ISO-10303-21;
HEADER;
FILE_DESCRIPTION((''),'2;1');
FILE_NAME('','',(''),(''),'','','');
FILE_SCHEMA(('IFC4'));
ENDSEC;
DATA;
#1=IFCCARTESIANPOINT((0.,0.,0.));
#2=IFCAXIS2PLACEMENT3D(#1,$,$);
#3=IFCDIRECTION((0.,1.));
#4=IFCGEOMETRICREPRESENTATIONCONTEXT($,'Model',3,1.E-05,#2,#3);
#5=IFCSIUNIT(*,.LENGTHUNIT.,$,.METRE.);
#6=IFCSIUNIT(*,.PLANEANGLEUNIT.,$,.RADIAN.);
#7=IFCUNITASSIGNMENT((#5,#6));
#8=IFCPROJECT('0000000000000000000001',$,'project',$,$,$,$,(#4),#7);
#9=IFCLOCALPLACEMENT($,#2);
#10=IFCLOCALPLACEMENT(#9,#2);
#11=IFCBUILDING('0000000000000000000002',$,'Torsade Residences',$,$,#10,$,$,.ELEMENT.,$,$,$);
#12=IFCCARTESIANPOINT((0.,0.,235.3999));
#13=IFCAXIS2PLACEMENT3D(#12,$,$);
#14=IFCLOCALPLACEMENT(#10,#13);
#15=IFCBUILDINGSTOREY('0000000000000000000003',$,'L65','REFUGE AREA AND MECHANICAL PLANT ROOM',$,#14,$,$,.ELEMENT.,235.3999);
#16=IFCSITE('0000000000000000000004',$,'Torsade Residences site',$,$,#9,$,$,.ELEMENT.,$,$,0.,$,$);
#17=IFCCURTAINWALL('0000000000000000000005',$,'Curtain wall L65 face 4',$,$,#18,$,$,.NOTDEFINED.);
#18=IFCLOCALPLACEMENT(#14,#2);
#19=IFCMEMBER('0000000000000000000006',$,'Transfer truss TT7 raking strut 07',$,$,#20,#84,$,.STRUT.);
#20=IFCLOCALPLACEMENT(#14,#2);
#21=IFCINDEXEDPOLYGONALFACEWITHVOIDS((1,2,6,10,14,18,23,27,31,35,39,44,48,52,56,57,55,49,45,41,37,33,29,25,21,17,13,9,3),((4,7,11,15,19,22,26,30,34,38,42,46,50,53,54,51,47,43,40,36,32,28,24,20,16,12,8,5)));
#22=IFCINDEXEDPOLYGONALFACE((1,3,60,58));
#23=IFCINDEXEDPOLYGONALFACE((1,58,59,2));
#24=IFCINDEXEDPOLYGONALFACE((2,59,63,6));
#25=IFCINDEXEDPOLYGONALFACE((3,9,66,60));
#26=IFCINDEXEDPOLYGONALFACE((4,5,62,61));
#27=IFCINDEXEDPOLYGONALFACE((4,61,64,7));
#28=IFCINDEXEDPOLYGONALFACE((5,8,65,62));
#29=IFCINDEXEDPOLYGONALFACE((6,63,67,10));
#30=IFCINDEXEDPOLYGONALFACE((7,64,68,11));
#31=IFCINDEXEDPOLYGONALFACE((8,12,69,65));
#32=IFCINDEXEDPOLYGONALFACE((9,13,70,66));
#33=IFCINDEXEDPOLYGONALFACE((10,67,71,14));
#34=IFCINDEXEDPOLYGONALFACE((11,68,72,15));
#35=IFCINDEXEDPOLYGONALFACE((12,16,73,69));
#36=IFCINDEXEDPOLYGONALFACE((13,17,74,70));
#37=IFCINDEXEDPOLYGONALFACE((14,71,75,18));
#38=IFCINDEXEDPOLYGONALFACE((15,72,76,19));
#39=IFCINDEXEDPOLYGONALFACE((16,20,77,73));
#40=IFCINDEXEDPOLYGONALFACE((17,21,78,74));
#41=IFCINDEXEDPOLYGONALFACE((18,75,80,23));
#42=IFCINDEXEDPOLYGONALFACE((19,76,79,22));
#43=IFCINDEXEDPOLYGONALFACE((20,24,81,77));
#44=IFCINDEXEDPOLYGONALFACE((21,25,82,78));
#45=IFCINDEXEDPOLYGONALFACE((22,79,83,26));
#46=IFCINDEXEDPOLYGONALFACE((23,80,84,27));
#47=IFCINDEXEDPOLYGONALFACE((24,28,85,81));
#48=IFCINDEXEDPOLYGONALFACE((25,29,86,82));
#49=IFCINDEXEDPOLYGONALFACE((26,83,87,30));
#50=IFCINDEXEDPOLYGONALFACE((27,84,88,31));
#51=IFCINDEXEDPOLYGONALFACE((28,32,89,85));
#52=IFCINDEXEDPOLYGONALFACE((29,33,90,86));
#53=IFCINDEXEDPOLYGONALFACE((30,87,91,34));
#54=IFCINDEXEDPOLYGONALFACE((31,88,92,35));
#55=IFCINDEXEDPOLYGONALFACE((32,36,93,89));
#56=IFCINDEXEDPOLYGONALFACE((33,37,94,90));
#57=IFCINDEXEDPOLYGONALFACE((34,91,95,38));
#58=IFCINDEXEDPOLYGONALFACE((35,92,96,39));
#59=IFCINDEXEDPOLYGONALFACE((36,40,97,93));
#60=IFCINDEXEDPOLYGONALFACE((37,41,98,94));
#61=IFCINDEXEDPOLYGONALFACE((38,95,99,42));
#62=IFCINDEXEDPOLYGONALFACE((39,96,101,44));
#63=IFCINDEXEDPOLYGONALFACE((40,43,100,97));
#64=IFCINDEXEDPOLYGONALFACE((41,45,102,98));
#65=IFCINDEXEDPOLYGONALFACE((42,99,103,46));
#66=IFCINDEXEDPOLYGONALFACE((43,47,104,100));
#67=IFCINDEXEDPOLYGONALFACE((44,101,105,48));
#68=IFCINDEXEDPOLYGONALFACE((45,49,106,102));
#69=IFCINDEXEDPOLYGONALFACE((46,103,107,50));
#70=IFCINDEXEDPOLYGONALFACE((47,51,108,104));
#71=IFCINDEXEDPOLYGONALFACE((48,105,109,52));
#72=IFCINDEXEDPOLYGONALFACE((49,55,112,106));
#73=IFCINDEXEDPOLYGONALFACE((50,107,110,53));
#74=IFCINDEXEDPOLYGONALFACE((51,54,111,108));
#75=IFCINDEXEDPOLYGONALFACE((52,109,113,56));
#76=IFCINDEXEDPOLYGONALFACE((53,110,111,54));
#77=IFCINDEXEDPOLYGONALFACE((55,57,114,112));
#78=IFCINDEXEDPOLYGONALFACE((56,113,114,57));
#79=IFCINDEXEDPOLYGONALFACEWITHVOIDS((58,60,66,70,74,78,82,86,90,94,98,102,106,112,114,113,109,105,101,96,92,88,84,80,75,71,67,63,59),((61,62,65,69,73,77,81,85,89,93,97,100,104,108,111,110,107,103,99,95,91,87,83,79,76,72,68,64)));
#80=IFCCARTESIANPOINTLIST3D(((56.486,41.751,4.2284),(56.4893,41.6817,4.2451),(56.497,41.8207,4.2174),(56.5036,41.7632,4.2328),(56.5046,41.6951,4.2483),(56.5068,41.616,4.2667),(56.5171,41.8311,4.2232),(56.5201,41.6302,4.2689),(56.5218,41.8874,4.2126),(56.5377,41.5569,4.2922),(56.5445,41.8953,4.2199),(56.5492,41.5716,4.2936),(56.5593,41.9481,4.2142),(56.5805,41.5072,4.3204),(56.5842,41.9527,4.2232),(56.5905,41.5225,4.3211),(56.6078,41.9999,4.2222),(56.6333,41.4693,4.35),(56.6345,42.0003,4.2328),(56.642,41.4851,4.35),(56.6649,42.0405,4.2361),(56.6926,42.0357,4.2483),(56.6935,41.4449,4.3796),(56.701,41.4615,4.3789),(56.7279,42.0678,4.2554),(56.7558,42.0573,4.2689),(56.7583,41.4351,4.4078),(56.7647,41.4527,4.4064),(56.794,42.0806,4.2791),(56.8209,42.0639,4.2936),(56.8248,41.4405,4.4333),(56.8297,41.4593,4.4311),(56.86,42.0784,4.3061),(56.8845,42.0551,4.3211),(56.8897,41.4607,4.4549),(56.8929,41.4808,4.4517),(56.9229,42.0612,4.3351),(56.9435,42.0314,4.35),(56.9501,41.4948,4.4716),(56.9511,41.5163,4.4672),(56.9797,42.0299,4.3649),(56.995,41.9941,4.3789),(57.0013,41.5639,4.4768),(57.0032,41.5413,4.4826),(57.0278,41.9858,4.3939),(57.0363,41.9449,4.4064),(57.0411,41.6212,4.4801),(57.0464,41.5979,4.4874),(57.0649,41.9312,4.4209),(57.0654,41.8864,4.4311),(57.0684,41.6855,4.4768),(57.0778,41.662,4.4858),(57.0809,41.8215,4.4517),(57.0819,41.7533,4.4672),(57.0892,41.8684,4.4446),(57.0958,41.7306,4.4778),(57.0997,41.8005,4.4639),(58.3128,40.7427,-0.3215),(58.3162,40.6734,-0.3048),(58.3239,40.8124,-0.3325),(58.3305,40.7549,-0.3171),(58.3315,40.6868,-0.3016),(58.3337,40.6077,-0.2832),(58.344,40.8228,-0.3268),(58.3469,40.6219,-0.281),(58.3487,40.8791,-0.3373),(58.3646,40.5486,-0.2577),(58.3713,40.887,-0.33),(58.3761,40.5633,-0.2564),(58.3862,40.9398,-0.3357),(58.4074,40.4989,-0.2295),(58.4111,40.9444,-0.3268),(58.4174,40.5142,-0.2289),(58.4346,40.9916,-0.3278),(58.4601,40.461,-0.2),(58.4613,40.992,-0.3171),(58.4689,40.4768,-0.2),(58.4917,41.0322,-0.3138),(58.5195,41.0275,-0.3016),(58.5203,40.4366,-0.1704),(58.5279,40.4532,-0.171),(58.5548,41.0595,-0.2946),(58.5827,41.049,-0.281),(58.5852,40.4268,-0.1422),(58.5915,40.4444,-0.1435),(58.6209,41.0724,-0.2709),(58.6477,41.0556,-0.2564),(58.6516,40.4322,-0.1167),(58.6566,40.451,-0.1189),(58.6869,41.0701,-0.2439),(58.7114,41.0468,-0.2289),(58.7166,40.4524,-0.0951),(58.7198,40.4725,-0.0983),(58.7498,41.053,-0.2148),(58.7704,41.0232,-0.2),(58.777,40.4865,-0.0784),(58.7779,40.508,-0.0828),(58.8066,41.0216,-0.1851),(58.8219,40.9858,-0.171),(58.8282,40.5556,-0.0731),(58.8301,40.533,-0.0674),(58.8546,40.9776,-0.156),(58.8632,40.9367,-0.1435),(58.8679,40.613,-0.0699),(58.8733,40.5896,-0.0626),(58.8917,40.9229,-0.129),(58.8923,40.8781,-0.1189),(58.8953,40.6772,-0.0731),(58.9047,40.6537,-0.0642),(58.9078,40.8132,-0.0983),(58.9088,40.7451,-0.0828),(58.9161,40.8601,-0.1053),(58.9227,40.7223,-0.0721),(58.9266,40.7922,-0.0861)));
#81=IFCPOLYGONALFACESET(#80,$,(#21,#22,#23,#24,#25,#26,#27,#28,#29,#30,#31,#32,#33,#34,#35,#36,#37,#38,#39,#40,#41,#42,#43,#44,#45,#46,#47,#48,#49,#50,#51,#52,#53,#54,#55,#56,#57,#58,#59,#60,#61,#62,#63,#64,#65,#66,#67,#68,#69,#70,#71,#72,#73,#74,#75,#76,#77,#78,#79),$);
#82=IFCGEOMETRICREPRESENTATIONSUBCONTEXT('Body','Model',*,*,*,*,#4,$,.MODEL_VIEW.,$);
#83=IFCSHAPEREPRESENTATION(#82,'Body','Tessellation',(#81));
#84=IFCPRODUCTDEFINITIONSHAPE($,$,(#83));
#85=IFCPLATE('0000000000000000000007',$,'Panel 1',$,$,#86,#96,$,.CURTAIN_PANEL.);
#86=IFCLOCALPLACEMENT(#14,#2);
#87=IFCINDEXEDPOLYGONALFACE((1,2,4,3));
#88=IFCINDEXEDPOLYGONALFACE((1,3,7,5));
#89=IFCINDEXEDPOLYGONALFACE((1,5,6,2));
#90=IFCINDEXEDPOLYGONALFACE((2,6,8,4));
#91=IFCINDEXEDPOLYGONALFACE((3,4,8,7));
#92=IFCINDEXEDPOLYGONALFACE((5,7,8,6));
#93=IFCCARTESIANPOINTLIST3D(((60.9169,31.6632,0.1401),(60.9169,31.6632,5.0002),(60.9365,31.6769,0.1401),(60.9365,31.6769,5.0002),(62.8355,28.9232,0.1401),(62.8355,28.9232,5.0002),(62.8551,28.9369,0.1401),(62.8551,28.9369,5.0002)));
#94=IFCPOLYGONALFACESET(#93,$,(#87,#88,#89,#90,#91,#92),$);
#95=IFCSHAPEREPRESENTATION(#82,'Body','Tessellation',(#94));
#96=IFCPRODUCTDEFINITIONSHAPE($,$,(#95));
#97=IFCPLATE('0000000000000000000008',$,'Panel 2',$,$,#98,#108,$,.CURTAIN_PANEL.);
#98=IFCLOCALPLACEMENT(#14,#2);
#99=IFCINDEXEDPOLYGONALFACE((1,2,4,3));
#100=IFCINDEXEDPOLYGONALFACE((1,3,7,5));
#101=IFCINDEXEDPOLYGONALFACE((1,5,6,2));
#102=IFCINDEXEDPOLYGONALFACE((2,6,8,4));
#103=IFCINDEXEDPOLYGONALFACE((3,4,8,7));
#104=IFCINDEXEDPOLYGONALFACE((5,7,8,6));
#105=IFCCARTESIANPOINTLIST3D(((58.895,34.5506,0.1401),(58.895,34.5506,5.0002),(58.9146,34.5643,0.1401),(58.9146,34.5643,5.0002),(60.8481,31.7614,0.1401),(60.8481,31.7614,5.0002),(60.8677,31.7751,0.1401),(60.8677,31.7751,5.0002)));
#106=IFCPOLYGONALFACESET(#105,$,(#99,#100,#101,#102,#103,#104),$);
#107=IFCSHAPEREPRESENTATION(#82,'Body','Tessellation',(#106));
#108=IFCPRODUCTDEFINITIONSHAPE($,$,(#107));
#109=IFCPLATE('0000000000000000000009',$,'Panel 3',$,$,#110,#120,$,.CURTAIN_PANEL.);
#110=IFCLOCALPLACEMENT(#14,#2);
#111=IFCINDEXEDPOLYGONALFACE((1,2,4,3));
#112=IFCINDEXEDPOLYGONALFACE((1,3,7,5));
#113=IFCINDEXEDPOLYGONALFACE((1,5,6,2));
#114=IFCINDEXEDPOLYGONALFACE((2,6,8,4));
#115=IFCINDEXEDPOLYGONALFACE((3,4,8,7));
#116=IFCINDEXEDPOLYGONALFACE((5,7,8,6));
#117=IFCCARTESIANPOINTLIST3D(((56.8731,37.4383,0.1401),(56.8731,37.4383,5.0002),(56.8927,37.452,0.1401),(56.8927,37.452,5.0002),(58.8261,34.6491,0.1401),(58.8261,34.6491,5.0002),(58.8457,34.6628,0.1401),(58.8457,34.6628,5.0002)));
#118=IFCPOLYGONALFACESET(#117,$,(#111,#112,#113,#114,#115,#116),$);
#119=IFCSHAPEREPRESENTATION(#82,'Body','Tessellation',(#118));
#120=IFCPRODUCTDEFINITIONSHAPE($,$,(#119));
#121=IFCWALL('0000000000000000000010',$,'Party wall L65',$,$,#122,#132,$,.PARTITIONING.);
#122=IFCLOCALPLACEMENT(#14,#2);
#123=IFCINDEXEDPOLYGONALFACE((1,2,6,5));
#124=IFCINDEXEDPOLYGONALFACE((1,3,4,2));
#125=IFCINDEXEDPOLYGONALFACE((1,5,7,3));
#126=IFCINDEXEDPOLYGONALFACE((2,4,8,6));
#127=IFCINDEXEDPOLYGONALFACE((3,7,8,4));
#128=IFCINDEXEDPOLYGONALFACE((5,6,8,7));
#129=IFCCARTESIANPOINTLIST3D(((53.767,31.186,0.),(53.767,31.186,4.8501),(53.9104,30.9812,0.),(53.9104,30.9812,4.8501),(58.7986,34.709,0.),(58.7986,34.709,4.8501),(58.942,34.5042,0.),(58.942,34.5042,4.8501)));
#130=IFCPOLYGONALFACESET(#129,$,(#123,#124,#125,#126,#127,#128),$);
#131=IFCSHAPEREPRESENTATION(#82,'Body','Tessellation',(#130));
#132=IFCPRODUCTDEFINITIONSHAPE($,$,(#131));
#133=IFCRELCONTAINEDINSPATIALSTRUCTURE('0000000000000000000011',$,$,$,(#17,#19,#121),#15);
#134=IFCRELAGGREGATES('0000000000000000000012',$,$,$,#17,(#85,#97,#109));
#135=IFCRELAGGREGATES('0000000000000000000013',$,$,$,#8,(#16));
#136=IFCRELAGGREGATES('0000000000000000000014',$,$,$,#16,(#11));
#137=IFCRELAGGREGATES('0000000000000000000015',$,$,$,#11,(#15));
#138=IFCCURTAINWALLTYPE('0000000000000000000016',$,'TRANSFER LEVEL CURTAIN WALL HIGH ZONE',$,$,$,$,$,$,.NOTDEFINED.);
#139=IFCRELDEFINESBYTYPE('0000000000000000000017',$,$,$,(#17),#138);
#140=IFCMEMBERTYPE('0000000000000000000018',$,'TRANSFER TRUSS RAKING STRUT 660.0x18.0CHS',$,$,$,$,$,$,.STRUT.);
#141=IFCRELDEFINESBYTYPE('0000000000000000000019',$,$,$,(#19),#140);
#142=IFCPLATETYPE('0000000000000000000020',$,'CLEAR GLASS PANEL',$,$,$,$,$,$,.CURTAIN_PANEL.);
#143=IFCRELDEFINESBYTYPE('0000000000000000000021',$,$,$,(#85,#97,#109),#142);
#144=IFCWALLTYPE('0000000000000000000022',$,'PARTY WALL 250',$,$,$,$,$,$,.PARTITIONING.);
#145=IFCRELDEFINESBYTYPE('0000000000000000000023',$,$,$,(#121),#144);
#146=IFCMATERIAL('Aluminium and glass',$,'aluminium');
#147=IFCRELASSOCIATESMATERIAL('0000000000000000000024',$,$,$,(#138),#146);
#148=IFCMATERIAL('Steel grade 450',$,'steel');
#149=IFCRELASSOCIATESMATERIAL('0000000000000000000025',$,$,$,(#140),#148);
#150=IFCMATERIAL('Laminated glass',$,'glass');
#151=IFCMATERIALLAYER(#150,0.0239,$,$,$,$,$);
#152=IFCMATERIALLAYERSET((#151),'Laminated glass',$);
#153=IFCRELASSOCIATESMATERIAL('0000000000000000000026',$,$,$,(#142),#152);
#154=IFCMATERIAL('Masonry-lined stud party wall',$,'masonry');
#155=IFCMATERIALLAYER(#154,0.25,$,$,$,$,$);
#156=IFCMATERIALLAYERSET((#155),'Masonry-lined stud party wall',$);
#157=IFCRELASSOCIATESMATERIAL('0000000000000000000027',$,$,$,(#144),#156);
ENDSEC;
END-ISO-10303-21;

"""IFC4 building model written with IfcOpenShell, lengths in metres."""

from ifc_helpers import new_model, si_unit, direction, frame, frame_2d, origin, origin_2d, place, context, subcontext, project, spatial, rectangle, hollow_circle, extrude, material, layer, layer_set, material_profile, profile_set, type_object, element, aggregate, save


model = new_model("IFC4")

# Units and contexts
model_context = context("Model", 3, precision=1e-05, world=origin(), true_north=direction((0.0, 1.0)))
body_context = subcontext(model_context, "Body", "Model", "MODEL_VIEW")
ifc_project = project(units=[si_unit("LENGTHUNIT", "METRE"), si_unit("PLANEANGLEUNIT", "RADIAN")], contexts=[model_context])

# Site, building, storey
site_placement = place(None, origin())
site = spatial("IfcSite", under=ifc_project, at=site_placement, Name="Torsade Residences site", CompositionType="ELEMENT", RefElevation=0.0)
building_placement = place(site_placement, origin())
building = spatial("IfcBuilding", under=site, at=building_placement, Name="Torsade Residences", CompositionType="ELEMENT")
storey_placement = place(building_placement, frame((0.0, 0.0, 235.3999)))
storey = spatial("IfcBuildingStorey", under=building, at=storey_placement, Name="L65", Description="REFUGE AREA AND MECHANICAL PLANT ROOM", CompositionType="ELEMENT", Elevation=235.3999)

# Shared definitions
ifc_material_1 = material(Name="Aluminium and glass", Category="aluminium")
curtain_wall_type = type_object("IfcCurtainWallType", Name="TRANSFER LEVEL CURTAIN WALL HIGH ZONE", PredefinedType="NOTDEFINED", material=ifc_material_1)

# Curtain wall
curtain_wall_1_placement = place(storey_placement, origin())
curtain_wall_1 = element("IfcCurtainWall", 1, at=curtain_wall_1_placement, inside=storey, type_object=curtain_wall_type, Name="Curtain wall L65 face 4", PredefinedType="NOTDEFINED")

# Member
ifc_material_2 = material(Name="Steel grade 450", Category="steel")
ifc_material_profile_1 = material_profile(ifc_material_2, hollow_circle(Radius=0.3301, WallThickness=0.0181, at=origin_2d()), Name="660.0x18.0CHS")
ifc_profile_set_1 = profile_set([ifc_material_profile_1], Name="Steel grade 450")
member_type_1 = type_object("IfcMemberType", Name="TRANSFER TRUSS RAKING STRUT 660.0x18.0CHS", PredefinedType="STRUT", material=ifc_profile_set_1)
member_1_placement = place(storey_placement, frame((58.6196, 40.75, -0.2), z_axis=(-0.364964, 0.20143, 0.908971), x_axis=(-0.483207, -0.875506, 0.0)))
element("IfcMember", 2, at=member_1_placement, inside=storey, type_object=member_type_1, Name="Transfer truss TT7 raking strut 07", PredefinedType="STRUT", context=body_context, shape_type="SweptSolid", body=[
    extrude(hollow_circle(Radius=0.3301, WallThickness=0.0181, at=origin_2d()), origin(), (0.0, 0.0, 1.0), 5.0056),
])

# Plates
ifc_material_3 = material(Name="Laminated glass", Category="glass")
ifc_layer_1 = layer(ifc_material_3, 0.0239)
ifc_layer_set_1 = layer_set([ifc_layer_1], Name="Laminated glass")
plate_type = type_object("IfcPlateType", Name="CLEAR GLASS PANEL", PredefinedType="CURTAIN_PANEL", material=ifc_layer_set_1)
plate_1_placement = place(storey_placement, frame((61.886, 30.3, 0.1401), z_axis=(0.0, 0.0, 1.0), x_axis=(-0.573576, 0.819152, 0.0)))
plate_1 = element("IfcPlate", 3, at=plate_1_placement, type_object=plate_type, Name="Panel 1", PredefinedType="CURTAIN_PANEL", context=body_context, shape_type="SweptSolid", body=[
    extrude(rectangle(XDim=3.345, YDim=0.0239, at=origin_2d()), origin(), (0.0, 0.0, 1.0), 4.8601),
])
plate_2_placement = place(storey_placement, frame((59.8813, 33.1628, 0.1401), z_axis=(0.0, 0.0, 1.0), x_axis=(-0.573576, 0.819152, 0.0)))
plate_2 = element("IfcPlate", 4, at=plate_2_placement, type_object=plate_type, Name="Panel 2", PredefinedType="CURTAIN_PANEL", context=body_context, shape_type="SweptSolid", body=[
    extrude(rectangle(XDim=3.405, YDim=0.0239, at=origin_2d()), origin(), (0.0, 0.0, 1.0), 4.8601),
])
plate_3_placement = place(storey_placement, frame((57.8594, 36.0505, 0.1401), z_axis=(0.0, 0.0, 1.0), x_axis=(-0.573576, 0.819152, 0.0)))
plate_3 = element("IfcPlate", 5, at=plate_3_placement, type_object=plate_type, Name="Panel 3", PredefinedType="CURTAIN_PANEL", context=body_context, shape_type="SweptSolid", body=[
    extrude(rectangle(XDim=3.405, YDim=0.0239, at=origin_2d()), origin(), (0.0, 0.0, 1.0), 4.8601),
])
aggregate(curtain_wall_1, [plate_1, plate_2, plate_3])

# Wall
ifc_material_4 = material(Name="Masonry-lined stud party wall", Category="masonry")
ifc_layer_2 = layer(ifc_material_4, 0.25)
ifc_layer_set_2 = layer_set([ifc_layer_2], Name="Masonry-lined stud party wall")
wall_type = type_object("IfcWallType", Name="PARTY WALL 250", PredefinedType="PARTITIONING", material=ifc_layer_set_2)
wall_placement = place(storey_placement, frame((58.8704, 34.6067, 0.0), z_axis=(0.0, 0.0, 1.0), x_axis=(-0.819163, -0.573561, 0.0)))
element("IfcWall", 6, at=wall_placement, inside=storey, type_object=wall_type, Name="Party wall L65", PredefinedType="PARTITIONING", context=body_context, shape_type="SweptSolid", body=[
    extrude(rectangle(XDim=6.1423, YDim=0.25, at=frame_2d((3.0713, 0.0))), origin(), (0.0, 0.0, 1.0), 4.8501),
])

save(model, "model.ifc")
